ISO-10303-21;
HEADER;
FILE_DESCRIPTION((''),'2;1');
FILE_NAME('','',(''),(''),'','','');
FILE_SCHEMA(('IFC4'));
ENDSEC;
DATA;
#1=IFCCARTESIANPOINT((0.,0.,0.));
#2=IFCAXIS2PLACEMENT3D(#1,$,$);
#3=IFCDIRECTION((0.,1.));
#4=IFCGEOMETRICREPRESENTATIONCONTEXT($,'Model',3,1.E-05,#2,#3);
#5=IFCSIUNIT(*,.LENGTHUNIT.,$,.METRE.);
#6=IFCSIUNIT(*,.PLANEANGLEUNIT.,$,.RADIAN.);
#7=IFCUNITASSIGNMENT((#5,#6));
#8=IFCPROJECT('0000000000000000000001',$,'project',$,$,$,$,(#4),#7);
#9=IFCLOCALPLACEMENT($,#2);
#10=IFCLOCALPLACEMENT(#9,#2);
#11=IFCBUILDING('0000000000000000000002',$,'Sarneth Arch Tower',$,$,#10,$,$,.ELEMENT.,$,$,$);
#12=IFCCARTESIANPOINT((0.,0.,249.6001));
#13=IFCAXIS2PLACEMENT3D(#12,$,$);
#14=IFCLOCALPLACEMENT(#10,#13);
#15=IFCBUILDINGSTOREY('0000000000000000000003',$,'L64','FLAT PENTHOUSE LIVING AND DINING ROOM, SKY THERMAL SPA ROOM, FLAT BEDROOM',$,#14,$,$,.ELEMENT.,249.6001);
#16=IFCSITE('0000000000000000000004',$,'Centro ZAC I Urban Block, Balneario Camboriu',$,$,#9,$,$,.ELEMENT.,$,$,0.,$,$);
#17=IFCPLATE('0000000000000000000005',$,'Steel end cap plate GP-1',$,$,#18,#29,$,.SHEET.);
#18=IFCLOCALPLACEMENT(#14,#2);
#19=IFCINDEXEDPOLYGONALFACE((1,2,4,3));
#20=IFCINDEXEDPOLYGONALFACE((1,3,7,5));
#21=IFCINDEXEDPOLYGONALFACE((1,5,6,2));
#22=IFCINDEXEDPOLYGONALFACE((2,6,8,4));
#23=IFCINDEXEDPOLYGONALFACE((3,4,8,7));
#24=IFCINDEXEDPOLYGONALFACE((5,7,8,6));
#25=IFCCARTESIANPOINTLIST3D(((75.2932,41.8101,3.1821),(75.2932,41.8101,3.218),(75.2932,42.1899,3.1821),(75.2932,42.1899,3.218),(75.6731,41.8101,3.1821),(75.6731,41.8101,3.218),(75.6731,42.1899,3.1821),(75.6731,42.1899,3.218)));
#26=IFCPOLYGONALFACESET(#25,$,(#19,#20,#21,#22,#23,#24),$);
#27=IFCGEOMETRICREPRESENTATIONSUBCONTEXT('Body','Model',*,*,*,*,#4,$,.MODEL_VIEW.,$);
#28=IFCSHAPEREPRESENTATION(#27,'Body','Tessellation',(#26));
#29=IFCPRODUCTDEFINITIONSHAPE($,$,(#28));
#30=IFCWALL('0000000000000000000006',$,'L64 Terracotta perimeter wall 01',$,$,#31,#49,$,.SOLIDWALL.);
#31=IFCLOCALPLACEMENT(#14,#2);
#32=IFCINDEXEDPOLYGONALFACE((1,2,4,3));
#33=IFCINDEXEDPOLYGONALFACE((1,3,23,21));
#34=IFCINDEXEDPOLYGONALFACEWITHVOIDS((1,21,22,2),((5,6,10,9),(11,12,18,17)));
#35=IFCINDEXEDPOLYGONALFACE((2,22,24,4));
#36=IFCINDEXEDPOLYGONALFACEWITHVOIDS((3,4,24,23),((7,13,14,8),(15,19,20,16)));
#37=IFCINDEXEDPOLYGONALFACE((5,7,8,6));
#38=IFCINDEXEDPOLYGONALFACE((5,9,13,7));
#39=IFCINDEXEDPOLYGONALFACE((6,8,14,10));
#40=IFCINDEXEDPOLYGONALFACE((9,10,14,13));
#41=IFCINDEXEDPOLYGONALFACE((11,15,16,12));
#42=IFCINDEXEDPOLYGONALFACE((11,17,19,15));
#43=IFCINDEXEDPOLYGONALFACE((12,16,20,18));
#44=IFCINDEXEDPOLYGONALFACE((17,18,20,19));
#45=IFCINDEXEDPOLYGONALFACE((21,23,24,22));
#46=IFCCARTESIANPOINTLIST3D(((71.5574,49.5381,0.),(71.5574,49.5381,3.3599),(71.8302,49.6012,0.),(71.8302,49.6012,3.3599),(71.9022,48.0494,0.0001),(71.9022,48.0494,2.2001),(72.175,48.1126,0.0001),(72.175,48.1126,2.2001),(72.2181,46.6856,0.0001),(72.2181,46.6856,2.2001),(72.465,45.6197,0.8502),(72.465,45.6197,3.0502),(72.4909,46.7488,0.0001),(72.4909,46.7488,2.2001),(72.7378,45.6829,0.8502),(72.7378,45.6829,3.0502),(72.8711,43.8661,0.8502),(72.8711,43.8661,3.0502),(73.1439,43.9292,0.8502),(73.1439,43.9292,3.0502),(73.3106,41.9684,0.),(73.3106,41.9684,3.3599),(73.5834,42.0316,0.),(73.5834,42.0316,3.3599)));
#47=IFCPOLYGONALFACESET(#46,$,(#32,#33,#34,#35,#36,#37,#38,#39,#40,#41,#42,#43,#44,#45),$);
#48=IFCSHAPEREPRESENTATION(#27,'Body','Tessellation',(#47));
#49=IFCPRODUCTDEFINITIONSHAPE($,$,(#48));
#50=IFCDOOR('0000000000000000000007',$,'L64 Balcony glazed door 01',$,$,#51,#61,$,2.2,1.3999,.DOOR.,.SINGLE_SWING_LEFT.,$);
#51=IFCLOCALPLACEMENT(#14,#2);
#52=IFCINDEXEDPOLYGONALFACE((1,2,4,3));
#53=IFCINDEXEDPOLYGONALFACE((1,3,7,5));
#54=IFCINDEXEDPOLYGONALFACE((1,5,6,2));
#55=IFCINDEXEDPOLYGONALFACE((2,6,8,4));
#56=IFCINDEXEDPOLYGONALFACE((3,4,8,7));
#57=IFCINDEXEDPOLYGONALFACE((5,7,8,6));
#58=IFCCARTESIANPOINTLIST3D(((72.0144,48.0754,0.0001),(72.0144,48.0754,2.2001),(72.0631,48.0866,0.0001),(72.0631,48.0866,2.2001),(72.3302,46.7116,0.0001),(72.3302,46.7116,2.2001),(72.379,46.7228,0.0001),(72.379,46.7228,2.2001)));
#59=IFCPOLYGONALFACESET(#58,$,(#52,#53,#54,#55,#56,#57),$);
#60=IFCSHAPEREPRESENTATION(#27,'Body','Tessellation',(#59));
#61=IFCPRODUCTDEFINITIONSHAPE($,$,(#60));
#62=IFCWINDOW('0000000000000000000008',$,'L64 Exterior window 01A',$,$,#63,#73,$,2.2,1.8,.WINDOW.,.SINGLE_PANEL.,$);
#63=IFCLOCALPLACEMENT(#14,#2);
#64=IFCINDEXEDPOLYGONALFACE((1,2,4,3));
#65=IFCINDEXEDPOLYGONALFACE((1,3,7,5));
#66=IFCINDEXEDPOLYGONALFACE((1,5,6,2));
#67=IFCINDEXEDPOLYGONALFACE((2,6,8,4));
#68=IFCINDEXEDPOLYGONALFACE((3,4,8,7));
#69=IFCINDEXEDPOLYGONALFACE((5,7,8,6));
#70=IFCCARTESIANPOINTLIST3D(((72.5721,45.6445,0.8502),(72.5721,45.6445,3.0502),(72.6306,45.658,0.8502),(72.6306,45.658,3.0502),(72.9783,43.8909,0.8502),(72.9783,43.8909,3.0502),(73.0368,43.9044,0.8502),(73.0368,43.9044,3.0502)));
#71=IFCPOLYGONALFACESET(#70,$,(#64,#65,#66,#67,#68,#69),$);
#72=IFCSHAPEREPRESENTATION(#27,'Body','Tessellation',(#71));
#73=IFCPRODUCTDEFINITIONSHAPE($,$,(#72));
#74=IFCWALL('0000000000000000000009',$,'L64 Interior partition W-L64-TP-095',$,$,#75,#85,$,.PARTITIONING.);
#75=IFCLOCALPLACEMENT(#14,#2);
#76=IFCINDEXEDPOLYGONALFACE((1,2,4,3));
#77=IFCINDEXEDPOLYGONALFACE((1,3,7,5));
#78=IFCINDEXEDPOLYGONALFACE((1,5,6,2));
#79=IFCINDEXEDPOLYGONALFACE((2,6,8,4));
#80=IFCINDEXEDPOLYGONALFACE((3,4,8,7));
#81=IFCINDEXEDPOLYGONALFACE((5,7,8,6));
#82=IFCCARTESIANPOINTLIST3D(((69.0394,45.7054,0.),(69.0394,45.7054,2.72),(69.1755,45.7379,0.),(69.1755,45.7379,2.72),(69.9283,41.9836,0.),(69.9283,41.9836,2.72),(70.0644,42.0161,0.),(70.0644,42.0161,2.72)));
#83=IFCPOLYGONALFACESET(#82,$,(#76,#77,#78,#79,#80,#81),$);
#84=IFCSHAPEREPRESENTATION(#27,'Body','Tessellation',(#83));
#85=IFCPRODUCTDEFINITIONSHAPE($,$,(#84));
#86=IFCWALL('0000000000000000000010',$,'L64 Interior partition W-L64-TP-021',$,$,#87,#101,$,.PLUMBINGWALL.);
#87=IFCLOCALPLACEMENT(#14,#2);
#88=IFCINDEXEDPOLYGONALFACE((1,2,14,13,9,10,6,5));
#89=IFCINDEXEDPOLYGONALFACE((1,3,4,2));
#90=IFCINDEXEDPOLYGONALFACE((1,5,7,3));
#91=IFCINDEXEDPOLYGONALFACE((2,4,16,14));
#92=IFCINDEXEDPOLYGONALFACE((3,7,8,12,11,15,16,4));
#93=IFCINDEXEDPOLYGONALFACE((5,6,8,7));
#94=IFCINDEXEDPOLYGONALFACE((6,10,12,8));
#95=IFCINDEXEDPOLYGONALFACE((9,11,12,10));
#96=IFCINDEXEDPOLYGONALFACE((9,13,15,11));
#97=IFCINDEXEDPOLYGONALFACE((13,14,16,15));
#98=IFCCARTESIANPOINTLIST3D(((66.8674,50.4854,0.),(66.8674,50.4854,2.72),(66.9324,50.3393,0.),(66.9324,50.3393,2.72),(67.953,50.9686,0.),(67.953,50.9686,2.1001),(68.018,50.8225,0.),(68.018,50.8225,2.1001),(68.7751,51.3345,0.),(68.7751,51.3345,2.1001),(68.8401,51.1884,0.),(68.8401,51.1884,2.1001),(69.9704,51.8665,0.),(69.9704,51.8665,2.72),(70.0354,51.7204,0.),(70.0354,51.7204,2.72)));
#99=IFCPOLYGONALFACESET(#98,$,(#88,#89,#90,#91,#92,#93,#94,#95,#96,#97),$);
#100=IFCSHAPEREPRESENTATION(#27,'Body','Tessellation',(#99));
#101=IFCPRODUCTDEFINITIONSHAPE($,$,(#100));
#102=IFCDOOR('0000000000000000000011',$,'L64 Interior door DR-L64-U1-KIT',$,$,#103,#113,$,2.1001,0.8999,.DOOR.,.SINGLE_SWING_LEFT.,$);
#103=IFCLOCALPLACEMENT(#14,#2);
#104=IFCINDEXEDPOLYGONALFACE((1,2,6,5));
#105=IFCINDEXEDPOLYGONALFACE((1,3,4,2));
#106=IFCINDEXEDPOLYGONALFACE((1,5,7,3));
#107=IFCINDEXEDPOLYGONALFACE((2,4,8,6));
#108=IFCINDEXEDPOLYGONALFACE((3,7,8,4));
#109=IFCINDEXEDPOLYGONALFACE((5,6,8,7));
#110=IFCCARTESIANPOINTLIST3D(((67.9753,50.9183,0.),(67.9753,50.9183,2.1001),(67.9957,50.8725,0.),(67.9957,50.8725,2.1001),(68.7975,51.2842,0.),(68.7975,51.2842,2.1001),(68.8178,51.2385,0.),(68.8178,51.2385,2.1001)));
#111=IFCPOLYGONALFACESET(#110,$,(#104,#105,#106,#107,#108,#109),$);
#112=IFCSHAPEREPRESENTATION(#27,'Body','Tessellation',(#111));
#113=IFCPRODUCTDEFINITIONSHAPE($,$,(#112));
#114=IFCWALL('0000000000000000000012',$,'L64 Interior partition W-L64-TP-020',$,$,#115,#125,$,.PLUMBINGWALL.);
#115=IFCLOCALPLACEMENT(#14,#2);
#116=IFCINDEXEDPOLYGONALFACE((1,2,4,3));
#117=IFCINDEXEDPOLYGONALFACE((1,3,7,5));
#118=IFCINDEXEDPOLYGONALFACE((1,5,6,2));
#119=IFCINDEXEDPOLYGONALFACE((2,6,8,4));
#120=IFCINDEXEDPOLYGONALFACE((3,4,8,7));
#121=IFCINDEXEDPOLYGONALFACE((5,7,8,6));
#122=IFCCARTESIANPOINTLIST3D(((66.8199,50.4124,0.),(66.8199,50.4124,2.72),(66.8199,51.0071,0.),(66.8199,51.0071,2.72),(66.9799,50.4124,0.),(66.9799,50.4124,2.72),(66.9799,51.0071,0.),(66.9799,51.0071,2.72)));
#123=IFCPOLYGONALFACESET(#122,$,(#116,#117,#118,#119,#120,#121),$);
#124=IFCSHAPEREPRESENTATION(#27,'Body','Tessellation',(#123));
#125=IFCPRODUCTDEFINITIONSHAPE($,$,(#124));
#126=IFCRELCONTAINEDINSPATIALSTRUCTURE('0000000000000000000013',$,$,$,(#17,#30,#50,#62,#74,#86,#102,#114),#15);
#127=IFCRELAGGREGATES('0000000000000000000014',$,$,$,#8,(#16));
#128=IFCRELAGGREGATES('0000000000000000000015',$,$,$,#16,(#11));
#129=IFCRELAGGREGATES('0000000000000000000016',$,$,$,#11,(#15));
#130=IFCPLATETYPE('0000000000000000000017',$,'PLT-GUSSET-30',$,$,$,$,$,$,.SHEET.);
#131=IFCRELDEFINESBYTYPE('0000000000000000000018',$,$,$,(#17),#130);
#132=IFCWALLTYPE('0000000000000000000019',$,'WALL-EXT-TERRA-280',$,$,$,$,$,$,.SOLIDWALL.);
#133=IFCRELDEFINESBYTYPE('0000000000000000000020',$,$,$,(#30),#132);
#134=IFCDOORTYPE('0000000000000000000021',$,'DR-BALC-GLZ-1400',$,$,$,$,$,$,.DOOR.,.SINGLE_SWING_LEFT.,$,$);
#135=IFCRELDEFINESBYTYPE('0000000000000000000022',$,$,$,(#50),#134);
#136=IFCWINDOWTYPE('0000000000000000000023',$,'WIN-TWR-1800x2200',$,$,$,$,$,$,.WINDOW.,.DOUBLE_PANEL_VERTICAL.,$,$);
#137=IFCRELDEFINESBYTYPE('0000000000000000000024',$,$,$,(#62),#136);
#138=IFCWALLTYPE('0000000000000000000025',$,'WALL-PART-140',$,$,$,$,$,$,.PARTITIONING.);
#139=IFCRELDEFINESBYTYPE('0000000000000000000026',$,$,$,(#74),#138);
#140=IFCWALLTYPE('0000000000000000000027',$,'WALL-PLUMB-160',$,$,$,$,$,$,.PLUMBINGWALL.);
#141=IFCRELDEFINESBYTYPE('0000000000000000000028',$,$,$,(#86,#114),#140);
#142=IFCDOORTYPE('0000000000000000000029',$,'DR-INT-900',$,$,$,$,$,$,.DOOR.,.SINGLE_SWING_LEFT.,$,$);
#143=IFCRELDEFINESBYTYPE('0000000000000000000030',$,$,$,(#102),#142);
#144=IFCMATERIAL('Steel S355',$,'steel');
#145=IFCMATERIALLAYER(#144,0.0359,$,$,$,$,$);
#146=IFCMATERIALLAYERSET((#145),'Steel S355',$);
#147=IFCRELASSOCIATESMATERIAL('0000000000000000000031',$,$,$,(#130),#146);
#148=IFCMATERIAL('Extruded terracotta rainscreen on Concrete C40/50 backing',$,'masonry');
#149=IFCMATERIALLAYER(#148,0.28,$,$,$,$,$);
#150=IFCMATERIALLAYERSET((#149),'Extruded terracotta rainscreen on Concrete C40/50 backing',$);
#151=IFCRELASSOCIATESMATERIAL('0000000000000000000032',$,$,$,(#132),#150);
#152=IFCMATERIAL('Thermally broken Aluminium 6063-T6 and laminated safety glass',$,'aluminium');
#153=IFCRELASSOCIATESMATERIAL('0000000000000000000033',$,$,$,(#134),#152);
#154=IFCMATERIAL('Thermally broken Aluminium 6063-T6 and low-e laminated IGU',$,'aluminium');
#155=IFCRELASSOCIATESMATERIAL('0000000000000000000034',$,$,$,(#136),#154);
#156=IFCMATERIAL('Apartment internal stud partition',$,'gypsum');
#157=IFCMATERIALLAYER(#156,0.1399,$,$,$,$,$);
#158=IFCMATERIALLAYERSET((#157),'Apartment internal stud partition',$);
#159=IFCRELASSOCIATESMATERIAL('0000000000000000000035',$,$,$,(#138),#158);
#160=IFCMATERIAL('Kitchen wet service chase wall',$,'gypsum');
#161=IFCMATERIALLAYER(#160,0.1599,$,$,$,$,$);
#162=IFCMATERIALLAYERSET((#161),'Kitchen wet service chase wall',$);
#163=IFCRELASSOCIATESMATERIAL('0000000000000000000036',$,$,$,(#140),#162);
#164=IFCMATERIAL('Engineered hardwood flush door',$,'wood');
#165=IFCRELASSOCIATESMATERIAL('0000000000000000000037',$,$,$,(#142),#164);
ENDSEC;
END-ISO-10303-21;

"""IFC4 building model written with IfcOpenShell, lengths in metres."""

from ifc_helpers import new_model, si_unit, direction, frame, frame_2d, origin, origin_2d, place, context, subcontext, project, spatial, rectangle, extrude, material, layer, layer_set, type_object, element, fill, save


model = new_model("IFC4")

# Units and contexts
model_context = context("Model", 3, precision=1e-05, world=origin(), true_north=direction((0.0, 1.0)))
body_context = subcontext(model_context, "Body", "Model", "MODEL_VIEW")
ifc_project = project(units=[si_unit("LENGTHUNIT", "METRE"), si_unit("PLANEANGLEUNIT", "RADIAN")], contexts=[model_context])

# Site, building, storey
site_placement = place(None, origin())
site = spatial("IfcSite", under=ifc_project, at=site_placement, Name="Centro ZAC I Urban Block, Balneario Camboriu", CompositionType="ELEMENT", RefElevation=0.0)
building_placement = place(site_placement, origin())
building = spatial("IfcBuilding", under=site, at=building_placement, Name="Sarneth Arch Tower", CompositionType="ELEMENT")
storey_placement = place(building_placement, frame((0.0, 0.0, 249.6001)))
storey = spatial("IfcBuildingStorey", under=building, at=storey_placement, Name="L64", Description="FLAT PENTHOUSE LIVING AND DINING ROOM, SKY THERMAL SPA ROOM, FLAT BEDROOM", CompositionType="ELEMENT", Elevation=249.6001)

# Plate
ifc_material_1 = material(Name="Steel S355", Category="steel")
ifc_layer_1 = layer(ifc_material_1, 0.0359)
ifc_layer_set_1 = layer_set([ifc_layer_1], Name="Steel S355")
plate_type_1 = type_object("IfcPlateType", Name="PLT-GUSSET-30", PredefinedType="SHEET", material=ifc_layer_set_1)
plate_1_placement = place(storey_placement, frame((75.4832, 42.0, 3.1821), z_axis=(0.0, 0.0, 1.0), x_axis=(1.0, 0.0, 0.0)))
element("IfcPlate", 1, at=plate_1_placement, inside=storey, type_object=plate_type_1, Name="Steel end cap plate GP-1", PredefinedType="SHEET", context=body_context, shape_type="SweptSolid", body=[
    extrude(rectangle(XDim=0.3799, YDim=0.3799, at=origin_2d()), origin(), (0.0, 0.0, 1.0), 0.0359),
])

# Wall, openings, door, window
ifc_material_2 = material(Name="Extruded terracotta rainscreen on Concrete C40/50 backing", Category="masonry")
ifc_layer_2 = layer(ifc_material_2, 0.28)
ifc_layer_set_2 = layer_set([ifc_layer_2], Name="Extruded terracotta rainscreen on Concrete C40/50 backing")
wall_type_1 = type_object("IfcWallType", Name="WALL-EXT-TERRA-280", PredefinedType="SOLIDWALL", material=ifc_layer_set_2)
wall_1_placement = place(storey_placement, frame((73.447, 42.0, 0.0), z_axis=(0.0, 0.0, 1.0), x_axis=(-0.225635, 0.974212, 0.0)))
wall_1 = element("IfcWall", 2, at=wall_1_placement, inside=storey, type_object=wall_type_1, Name="L64 Terracotta perimeter wall 01", PredefinedType="SOLIDWALL", context=body_context, shape_type="SweptSolid", body=[
    extrude(rectangle(XDim=7.77, YDim=0.28, at=frame_2d((3.885, 0.0))), origin(), (0.0, 0.0, 1.0), 3.3599),
])
opening_1_placement = place(wall_1_placement, frame((1.948, 0.0, 0.8501)))
opening_1 = element("IfcOpeningElement", 3, at=opening_1_placement, cuts=wall_1, PredefinedType="OPENING", context=body_context, shape_type="SweptSolid", body=[
    extrude(rectangle(XDim=1.8, YDim=2.2, at=frame_2d((0.8999, 1.1001))), frame((0.0, 0.1499, 0.0), z_axis=(0.0, -1.0, 0.0), x_axis=(1.0, 0.0, 0.0)), (0.0, 0.0, 1.0), 0.3),
])
opening_2_placement = place(wall_1_placement, frame((4.842, 0.0, 0.0)))
opening_2 = element("IfcOpeningElement", 4, at=opening_2_placement, cuts=wall_1, PredefinedType="OPENING", context=body_context, shape_type="SweptSolid", body=[
    extrude(rectangle(XDim=1.3999, YDim=2.2, at=frame_2d((0.7, 1.1001))), frame((0.0, 0.1499, 0.0), z_axis=(0.0, -1.0, 0.0), x_axis=(1.0, 0.0, 0.0)), (0.0, 0.0, 1.0), 0.3),
])
ifc_material_3 = material(Name="Thermally broken Aluminium 6063-T6 and laminated safety glass", Category="aluminium")
door_type_1 = type_object("IfcDoorType", Name="DR-BALC-GLZ-1400", OperationType="SINGLE_SWING_LEFT", PredefinedType="DOOR", material=ifc_material_3)
door_1_placement = place(opening_2_placement, origin())
door_1 = element("IfcDoor", 5, at=door_1_placement, inside=storey, type_object=door_type_1, Name="L64 Balcony glazed door 01", OperationType="SINGLE_SWING_LEFT", OverallHeight=2.2, OverallWidth=1.3999, PredefinedType="DOOR", context=body_context, shape_type="SweptSolid", body=[
    extrude(rectangle(XDim=1.3999, YDim=2.2, at=frame_2d((0.7, 1.1001))), frame((0.0, 0.0249, 0.0), z_axis=(0.0, -1.0, 0.0), x_axis=(1.0, 0.0, 0.0)), (0.0, 0.0, 1.0), 0.05),
])
fill(opening_2, door_1)
ifc_material_4 = material(Name="Thermally broken Aluminium 6063-T6 and low-e laminated IGU", Category="aluminium")
window_type = type_object("IfcWindowType", Name="WIN-TWR-1800x2200", PartitioningType="DOUBLE_PANEL_VERTICAL", PredefinedType="WINDOW", material=ifc_material_4)
window_placement = place(opening_1_placement, origin())
window = element("IfcWindow", 6, at=window_placement, inside=storey, type_object=window_type, Name="L64 Exterior window 01A", OverallHeight=2.2, OverallWidth=1.8, PartitioningType="SINGLE_PANEL", PredefinedType="WINDOW", context=body_context, shape_type="SweptSolid", body=[
    extrude(rectangle(XDim=1.8, YDim=2.2, at=frame_2d((0.8999, 1.1001))), frame((0.0, 0.03, 0.0), z_axis=(0.0, -1.0, 0.0), x_axis=(1.0, 0.0, 0.0)), (0.0, 0.0, 1.0), 0.0601),
])
fill(opening_1, window)

# Wall
ifc_material_5 = material(Name="Apartment internal stud partition", Category="gypsum")
ifc_layer_3 = layer(ifc_material_5, 0.1399)
ifc_layer_set_3 = layer_set([ifc_layer_3], Name="Apartment internal stud partition")
wall_type_2 = type_object("IfcWallType", Name="WALL-PART-140", PredefinedType="PARTITIONING", material=ifc_layer_set_3)
wall_2_placement = place(storey_placement, frame((69.9963, 42.0, 0.0), z_axis=(0.0, 0.0, 1.0), x_axis=(-0.232313, 0.972641, 0.0)))
element("IfcWall", 7, at=wall_2_placement, inside=storey, type_object=wall_type_2, Name="L64 Interior partition W-L64-TP-095", PredefinedType="PARTITIONING", context=body_context, shape_type="SweptSolid", body=[
    extrude(rectangle(XDim=3.8264, YDim=0.1399, at=frame_2d((1.9131, 0.0))), origin(), (0.0, 0.0, 1.0), 2.72),
])

# Wall, opening, door
ifc_material_6 = material(Name="Kitchen wet service chase wall", Category="gypsum")
ifc_layer_4 = layer(ifc_material_6, 0.1599)
ifc_layer_set_4 = layer_set([ifc_layer_4], Name="Kitchen wet service chase wall")
wall_type_3 = type_object("IfcWallType", Name="WALL-PLUMB-160", PredefinedType="PLUMBINGWALL", material=ifc_layer_set_4)
wall_3_placement = place(storey_placement, frame((66.8999, 50.4124, 0.0), z_axis=(0.0, 0.0, 1.0), x_axis=(0.913595, 0.406625, 0.0)))
wall_3 = element("IfcWall", 8, at=wall_3_placement, inside=storey, type_object=wall_type_3, Name="L64 Interior partition W-L64-TP-021", PredefinedType="PLUMBINGWALL", context=body_context, shape_type="SweptSolid", body=[
    extrude(rectangle(XDim=3.3965, YDim=0.1599, at=frame_2d((1.6982, 0.0))), origin(), (0.0, 0.0, 1.0), 2.72),
])
opening_3_placement = place(wall_3_placement, frame((1.1882, 0.0, 0.0)))
opening_3 = element("IfcOpeningElement", 9, at=opening_3_placement, cuts=wall_3, PredefinedType="OPENING", context=body_context, shape_type="SweptSolid", body=[
    extrude(rectangle(XDim=0.8999, YDim=2.1001, at=frame_2d((0.45, 1.05))), frame((0.0, 0.0898, 0.0), z_axis=(0.0, -1.0, 0.0), x_axis=(1.0, 0.0, 0.0)), (0.0, 0.0, 1.0), 0.1799),
])
ifc_material_7 = material(Name="Engineered hardwood flush door", Category="wood")
door_type_2 = type_object("IfcDoorType", Name="DR-INT-900", OperationType="SINGLE_SWING_LEFT", PredefinedType="DOOR", material=ifc_material_7)
door_2_placement = place(opening_3_placement, origin())
door_2 = element("IfcDoor", 10, at=door_2_placement, inside=storey, type_object=door_type_2, Name="L64 Interior door DR-L64-U1-KIT", OperationType="SINGLE_SWING_LEFT", OverallHeight=2.1001, OverallWidth=0.8999, PredefinedType="DOOR", context=body_context, shape_type="SweptSolid", body=[
    extrude(rectangle(XDim=0.8999, YDim=2.1001, at=frame_2d((0.45, 1.05))), frame((0.0, 0.0249, 0.0), z_axis=(0.0, -1.0, 0.0), x_axis=(1.0, 0.0, 0.0)), (0.0, 0.0, 1.0), 0.05),
])
fill(opening_3, door_2)

# Wall
wall_4_placement = place(storey_placement, frame((66.8999, 51.0071, 0.0), z_axis=(0.0, 0.0, 1.0), x_axis=(0.0, -1.0, 0.0)))
element("IfcWall", 11, at=wall_4_placement, inside=storey, type_object=wall_type_3, Name="L64 Interior partition W-L64-TP-020", PredefinedType="PLUMBINGWALL", context=body_context, shape_type="SweptSolid", body=[
    extrude(rectangle(XDim=0.5947, YDim=0.1599, at=frame_2d((0.2974, 0.0))), origin(), (0.0, 0.0, 1.0), 2.72),
])

save(model, "model.ifc")
